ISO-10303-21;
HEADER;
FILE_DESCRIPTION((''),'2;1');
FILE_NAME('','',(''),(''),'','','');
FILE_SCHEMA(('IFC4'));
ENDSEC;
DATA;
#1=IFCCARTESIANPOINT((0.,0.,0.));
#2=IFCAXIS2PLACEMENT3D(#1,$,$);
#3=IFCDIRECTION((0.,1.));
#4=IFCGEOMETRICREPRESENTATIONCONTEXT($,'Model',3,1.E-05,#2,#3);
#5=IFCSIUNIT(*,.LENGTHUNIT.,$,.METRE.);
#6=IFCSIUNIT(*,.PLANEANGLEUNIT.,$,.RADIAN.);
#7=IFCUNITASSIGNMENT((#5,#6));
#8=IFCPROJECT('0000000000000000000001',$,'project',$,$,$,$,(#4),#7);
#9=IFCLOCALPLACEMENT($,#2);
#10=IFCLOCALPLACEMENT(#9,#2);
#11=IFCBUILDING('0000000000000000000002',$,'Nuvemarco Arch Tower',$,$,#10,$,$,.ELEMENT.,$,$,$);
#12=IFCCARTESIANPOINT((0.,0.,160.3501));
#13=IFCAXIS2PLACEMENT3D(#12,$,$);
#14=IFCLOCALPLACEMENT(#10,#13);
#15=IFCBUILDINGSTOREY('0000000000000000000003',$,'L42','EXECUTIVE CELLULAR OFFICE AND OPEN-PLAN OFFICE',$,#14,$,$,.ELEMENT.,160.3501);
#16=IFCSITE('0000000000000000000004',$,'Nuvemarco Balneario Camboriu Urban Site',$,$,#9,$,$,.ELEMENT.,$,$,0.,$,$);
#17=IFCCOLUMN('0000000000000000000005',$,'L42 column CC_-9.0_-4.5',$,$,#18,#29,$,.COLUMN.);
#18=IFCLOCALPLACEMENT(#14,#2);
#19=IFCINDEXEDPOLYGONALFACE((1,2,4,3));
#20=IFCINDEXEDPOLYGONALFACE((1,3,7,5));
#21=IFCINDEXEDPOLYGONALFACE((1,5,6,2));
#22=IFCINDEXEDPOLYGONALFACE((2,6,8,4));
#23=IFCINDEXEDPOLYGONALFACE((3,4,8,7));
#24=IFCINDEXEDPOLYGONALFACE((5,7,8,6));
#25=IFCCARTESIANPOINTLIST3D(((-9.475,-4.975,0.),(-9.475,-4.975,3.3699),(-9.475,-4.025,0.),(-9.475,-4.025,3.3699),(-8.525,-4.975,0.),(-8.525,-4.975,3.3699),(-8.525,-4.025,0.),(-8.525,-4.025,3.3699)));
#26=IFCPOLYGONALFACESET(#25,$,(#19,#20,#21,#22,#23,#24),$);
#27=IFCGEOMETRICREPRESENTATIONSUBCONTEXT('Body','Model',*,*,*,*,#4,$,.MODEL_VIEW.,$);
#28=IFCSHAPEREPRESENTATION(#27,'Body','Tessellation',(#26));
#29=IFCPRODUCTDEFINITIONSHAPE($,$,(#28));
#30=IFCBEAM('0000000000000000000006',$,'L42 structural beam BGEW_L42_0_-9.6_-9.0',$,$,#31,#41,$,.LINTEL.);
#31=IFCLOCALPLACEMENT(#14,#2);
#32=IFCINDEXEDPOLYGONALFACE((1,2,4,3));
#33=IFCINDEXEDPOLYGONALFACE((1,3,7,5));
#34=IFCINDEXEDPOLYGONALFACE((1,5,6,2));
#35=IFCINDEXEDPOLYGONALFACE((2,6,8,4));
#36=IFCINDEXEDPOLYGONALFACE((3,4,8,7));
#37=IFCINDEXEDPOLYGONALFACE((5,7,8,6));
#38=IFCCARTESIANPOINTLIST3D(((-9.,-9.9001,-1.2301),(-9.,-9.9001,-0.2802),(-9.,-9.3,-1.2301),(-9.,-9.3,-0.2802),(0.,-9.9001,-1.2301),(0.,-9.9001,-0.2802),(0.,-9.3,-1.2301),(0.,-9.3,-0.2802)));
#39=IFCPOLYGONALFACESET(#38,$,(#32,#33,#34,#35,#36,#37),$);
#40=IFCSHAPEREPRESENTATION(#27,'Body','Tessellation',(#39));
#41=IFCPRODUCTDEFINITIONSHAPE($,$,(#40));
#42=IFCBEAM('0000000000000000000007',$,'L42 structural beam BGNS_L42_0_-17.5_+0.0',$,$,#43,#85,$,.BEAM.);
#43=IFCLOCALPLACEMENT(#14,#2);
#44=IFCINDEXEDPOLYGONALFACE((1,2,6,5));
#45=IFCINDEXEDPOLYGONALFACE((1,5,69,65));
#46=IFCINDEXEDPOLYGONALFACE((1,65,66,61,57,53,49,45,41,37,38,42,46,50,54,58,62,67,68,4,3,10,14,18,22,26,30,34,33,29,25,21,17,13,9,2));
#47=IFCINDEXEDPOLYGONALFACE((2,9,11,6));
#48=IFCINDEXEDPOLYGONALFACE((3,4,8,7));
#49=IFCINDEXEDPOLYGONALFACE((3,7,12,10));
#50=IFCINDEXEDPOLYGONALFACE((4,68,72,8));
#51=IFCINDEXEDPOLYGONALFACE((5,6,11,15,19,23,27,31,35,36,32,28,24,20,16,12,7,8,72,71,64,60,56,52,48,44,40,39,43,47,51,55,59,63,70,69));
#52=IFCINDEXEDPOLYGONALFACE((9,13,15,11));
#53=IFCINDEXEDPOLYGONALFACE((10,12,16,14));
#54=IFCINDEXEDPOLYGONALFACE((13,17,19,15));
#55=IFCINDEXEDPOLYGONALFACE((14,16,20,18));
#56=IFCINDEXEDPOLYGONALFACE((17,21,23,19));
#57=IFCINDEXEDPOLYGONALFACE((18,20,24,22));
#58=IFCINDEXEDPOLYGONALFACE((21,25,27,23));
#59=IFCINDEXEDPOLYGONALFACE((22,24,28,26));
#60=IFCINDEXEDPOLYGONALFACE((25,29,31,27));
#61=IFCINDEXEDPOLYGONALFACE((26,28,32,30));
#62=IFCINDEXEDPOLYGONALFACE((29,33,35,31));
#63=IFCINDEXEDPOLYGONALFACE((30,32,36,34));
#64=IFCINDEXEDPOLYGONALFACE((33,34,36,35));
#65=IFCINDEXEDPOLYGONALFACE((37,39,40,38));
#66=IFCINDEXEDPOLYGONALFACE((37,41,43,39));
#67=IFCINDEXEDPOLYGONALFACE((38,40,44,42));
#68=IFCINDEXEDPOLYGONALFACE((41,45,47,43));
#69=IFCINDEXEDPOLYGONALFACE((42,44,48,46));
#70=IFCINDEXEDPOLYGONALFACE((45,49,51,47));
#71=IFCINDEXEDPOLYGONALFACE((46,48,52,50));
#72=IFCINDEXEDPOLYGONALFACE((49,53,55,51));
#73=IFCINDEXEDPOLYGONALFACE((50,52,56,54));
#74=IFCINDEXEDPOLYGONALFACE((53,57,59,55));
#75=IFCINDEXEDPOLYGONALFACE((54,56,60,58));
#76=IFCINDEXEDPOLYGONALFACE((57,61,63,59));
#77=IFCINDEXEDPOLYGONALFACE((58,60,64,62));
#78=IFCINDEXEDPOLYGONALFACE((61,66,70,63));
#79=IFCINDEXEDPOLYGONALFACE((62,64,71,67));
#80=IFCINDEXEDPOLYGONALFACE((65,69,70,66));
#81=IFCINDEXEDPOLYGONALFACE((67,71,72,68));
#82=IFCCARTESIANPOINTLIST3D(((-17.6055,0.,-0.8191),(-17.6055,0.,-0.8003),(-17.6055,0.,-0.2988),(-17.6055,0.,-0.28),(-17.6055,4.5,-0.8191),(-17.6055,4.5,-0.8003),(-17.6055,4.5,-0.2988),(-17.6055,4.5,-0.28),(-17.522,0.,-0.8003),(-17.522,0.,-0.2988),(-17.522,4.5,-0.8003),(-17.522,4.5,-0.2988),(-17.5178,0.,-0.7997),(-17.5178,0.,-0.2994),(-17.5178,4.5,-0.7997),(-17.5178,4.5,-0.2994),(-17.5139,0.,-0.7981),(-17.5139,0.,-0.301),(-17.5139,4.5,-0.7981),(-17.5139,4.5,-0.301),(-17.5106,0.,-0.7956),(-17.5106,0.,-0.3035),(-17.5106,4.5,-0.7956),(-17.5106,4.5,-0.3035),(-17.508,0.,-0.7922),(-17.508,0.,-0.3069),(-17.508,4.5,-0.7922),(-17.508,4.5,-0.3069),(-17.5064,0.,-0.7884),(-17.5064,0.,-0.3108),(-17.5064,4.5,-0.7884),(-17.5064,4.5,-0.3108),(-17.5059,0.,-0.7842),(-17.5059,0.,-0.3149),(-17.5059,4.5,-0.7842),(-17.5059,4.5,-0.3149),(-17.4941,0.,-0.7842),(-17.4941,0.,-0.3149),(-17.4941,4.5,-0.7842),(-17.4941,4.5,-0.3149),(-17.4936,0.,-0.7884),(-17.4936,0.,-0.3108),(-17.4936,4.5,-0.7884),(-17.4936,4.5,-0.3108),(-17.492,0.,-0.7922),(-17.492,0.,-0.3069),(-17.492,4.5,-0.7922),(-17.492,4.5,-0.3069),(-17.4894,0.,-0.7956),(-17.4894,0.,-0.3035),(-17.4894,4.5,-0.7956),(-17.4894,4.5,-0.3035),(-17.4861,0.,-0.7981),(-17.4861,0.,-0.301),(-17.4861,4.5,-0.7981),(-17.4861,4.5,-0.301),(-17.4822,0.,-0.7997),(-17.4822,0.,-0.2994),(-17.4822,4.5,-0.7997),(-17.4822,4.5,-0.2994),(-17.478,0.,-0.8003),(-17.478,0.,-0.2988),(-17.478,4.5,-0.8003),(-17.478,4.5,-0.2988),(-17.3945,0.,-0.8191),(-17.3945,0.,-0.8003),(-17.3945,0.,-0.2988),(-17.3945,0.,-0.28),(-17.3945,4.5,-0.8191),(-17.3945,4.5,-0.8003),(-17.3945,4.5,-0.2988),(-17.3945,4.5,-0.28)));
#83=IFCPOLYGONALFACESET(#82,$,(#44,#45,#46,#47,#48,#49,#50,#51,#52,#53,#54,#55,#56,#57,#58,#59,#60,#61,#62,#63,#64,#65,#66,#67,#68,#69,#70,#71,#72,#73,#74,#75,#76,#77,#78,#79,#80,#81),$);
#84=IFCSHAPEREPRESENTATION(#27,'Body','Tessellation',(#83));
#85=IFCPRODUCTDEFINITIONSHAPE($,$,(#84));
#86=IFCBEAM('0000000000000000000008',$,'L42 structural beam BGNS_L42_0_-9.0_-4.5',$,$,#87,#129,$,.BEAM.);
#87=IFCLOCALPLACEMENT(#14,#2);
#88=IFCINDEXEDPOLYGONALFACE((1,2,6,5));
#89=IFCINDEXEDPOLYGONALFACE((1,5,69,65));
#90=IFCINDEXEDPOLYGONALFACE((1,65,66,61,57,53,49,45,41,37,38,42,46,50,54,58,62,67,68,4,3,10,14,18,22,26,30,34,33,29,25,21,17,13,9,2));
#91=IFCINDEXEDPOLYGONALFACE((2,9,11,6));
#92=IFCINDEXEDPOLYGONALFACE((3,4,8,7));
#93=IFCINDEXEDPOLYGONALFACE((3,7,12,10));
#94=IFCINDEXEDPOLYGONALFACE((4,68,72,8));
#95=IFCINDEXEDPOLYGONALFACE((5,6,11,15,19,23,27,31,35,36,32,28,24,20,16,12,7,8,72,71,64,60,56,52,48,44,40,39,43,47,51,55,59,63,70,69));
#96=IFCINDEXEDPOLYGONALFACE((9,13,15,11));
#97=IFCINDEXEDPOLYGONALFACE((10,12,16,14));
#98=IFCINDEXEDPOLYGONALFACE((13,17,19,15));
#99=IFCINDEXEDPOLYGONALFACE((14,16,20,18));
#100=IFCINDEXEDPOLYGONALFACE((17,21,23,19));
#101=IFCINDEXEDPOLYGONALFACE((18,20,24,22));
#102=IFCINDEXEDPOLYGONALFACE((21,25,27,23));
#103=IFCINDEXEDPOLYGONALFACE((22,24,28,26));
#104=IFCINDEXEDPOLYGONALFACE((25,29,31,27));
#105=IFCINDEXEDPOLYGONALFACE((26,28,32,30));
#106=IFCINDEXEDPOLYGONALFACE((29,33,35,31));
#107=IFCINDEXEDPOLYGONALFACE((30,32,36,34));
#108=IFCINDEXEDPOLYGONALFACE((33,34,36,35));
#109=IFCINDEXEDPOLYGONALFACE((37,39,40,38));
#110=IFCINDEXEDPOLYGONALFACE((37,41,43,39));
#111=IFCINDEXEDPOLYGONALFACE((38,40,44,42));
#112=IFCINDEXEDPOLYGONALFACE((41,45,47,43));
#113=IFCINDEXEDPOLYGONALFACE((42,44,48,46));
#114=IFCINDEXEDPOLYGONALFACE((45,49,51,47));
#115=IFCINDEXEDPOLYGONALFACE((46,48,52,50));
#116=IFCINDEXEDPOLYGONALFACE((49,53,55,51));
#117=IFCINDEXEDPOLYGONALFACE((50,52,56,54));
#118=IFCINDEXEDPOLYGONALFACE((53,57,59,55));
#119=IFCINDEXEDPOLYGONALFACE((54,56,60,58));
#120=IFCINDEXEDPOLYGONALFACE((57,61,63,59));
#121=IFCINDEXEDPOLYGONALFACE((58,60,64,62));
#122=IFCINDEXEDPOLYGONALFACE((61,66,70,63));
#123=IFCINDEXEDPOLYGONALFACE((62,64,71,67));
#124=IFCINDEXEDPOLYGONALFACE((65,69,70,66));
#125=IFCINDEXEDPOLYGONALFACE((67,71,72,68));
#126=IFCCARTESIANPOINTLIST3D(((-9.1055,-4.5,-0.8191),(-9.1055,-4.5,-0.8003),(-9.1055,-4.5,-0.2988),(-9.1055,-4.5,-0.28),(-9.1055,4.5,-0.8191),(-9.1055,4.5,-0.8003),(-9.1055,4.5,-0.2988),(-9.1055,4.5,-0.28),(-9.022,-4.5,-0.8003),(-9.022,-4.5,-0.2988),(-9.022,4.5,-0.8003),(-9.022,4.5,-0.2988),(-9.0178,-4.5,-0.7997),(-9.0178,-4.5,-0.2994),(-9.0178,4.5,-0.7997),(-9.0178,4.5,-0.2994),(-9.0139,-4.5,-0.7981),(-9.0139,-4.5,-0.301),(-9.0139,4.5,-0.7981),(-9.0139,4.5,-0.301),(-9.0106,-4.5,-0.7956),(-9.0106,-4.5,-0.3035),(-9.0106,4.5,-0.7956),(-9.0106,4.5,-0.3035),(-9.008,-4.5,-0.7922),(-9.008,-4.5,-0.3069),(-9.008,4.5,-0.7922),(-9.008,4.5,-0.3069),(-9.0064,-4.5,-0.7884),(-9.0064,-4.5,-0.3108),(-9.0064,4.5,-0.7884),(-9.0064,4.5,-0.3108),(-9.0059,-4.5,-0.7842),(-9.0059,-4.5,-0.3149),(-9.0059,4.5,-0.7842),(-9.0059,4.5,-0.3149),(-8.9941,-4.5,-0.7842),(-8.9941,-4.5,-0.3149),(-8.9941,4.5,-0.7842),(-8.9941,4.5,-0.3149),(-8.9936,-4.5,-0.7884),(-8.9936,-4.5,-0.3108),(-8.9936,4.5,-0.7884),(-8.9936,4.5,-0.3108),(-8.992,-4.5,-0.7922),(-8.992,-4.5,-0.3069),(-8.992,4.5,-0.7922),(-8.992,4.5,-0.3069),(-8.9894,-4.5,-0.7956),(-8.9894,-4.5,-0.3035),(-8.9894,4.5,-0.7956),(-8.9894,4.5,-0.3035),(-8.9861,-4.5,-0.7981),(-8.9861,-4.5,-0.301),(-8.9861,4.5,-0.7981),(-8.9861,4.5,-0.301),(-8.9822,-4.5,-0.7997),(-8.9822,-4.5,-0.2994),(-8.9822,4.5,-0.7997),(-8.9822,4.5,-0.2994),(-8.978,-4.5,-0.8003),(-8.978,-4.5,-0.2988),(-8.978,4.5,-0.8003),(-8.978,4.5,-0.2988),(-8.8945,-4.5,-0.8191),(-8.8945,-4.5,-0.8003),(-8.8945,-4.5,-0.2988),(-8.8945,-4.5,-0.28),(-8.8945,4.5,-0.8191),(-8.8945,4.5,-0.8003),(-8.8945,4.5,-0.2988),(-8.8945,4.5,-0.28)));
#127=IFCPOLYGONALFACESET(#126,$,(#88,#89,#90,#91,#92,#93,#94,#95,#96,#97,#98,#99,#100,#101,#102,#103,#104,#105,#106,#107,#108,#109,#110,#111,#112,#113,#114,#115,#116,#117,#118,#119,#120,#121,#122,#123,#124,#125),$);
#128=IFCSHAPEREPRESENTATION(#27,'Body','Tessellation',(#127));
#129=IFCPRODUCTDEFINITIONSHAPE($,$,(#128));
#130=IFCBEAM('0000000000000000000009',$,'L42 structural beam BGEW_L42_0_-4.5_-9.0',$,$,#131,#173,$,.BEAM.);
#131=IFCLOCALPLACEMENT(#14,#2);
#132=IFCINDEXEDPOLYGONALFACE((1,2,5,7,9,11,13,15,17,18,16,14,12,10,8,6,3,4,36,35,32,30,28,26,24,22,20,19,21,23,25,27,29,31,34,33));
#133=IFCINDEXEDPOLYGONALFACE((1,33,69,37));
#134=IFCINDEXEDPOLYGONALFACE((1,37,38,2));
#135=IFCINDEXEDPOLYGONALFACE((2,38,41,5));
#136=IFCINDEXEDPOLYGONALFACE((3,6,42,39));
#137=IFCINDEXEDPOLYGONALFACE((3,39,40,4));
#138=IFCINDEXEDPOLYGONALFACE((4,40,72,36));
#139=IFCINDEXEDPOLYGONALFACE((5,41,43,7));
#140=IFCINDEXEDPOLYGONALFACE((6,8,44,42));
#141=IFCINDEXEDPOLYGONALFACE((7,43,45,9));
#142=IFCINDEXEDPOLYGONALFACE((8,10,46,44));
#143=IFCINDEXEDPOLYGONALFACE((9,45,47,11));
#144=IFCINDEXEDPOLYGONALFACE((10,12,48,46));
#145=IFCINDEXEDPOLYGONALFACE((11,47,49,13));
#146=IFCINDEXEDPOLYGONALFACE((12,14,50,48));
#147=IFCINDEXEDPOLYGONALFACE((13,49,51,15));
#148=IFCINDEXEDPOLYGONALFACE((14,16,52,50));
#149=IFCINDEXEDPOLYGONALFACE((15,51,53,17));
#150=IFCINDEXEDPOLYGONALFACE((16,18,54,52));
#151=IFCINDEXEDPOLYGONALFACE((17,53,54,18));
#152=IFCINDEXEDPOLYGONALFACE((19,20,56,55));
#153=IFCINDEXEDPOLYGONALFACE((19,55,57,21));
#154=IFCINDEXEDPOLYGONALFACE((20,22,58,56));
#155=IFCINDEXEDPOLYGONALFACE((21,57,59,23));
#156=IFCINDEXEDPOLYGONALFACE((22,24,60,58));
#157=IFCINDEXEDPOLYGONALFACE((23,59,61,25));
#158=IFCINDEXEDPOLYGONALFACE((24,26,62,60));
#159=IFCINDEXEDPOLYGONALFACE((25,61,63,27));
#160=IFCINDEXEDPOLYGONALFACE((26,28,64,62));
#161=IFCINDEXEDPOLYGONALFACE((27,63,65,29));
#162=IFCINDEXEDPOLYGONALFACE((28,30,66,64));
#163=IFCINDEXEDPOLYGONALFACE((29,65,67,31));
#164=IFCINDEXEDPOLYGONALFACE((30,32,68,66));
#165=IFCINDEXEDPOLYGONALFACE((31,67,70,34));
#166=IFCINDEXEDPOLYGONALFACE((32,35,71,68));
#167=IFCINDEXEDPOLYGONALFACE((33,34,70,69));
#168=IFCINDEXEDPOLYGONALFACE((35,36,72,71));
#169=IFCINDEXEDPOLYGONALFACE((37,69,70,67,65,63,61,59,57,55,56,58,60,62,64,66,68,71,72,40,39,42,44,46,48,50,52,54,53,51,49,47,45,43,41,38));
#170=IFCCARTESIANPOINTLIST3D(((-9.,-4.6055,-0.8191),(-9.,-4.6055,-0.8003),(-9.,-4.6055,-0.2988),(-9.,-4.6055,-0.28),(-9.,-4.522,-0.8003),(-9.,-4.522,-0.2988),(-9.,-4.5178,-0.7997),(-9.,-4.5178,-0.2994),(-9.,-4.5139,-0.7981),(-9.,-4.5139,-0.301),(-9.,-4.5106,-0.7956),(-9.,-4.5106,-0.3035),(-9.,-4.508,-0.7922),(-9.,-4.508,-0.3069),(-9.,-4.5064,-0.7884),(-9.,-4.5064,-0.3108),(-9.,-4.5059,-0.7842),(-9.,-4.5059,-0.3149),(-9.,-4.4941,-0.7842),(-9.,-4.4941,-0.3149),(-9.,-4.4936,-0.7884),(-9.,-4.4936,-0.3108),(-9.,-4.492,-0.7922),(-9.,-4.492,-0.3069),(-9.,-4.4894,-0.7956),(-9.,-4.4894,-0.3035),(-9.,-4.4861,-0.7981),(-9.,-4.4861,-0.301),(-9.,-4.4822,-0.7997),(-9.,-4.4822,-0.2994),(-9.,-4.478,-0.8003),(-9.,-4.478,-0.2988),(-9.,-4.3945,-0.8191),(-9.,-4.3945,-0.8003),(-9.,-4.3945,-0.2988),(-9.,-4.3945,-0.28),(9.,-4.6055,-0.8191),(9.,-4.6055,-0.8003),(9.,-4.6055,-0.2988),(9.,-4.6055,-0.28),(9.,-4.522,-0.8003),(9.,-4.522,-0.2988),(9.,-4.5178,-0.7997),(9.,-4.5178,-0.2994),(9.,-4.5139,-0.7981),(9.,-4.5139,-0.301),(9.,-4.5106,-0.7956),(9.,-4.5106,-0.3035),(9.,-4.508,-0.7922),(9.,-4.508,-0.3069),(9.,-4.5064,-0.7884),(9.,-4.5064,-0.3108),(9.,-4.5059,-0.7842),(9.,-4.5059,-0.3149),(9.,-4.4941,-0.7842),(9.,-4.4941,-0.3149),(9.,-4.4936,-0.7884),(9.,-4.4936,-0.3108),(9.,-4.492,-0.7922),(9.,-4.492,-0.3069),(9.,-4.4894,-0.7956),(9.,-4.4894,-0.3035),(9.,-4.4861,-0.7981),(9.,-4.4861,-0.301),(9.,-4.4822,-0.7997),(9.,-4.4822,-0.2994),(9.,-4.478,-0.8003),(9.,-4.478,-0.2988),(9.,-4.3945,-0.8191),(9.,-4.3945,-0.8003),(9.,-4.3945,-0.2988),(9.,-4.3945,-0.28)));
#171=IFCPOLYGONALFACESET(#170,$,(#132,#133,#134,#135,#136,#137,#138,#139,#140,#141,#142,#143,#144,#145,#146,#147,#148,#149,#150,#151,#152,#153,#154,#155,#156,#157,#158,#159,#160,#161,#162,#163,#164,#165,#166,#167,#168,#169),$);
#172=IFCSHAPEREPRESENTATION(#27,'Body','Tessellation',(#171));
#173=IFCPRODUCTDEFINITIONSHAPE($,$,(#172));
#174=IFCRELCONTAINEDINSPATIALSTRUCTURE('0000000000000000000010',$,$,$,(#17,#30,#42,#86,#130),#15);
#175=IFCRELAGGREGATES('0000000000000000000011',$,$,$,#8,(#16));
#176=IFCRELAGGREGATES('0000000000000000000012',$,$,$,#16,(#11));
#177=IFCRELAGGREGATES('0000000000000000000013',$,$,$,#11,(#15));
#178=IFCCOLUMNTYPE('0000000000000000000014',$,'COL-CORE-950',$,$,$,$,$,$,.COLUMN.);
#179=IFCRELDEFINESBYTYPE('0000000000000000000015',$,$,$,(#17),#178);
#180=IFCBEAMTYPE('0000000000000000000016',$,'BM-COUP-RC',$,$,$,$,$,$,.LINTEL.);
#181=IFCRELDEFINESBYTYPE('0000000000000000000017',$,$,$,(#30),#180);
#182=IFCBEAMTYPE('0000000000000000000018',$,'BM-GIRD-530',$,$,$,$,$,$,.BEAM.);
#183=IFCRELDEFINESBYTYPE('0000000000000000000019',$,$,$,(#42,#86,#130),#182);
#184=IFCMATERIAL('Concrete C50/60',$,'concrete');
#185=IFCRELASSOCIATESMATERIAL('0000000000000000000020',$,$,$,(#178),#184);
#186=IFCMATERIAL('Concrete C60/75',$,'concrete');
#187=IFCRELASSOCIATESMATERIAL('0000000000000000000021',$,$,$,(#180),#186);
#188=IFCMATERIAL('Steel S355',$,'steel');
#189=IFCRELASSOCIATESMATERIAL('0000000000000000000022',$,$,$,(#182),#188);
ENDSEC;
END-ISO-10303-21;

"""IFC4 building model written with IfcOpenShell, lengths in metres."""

from ifc_helpers import new_model, si_unit, direction, frame, origin, origin_2d, place, context, subcontext, project, spatial, rectangle, i_section, extrude, material, material_profile, profile_set, type_object, element, save


model = new_model("IFC4")

# Units and contexts
model_context = context("Model", 3, precision=1e-05, world=origin(), true_north=direction((0.0, 1.0)))
body_context = subcontext(model_context, "Body", "Model", "MODEL_VIEW")
ifc_project = project(units=[si_unit("LENGTHUNIT", "METRE"), si_unit("PLANEANGLEUNIT", "RADIAN")], contexts=[model_context])

# Site, building, storey
site_placement = place(None, origin())
site = spatial("IfcSite", under=ifc_project, at=site_placement, Name="Nuvemarco Balneario Camboriu Urban Site", CompositionType="ELEMENT", RefElevation=0.0)
building_placement = place(site_placement, origin())
building = spatial("IfcBuilding", under=site, at=building_placement, Name="Nuvemarco Arch Tower", CompositionType="ELEMENT")
storey_placement = place(building_placement, frame((0.0, 0.0, 160.3501)))
storey = spatial("IfcBuildingStorey", under=building, at=storey_placement, Name="L42", Description="EXECUTIVE CELLULAR OFFICE AND OPEN-PLAN OFFICE", CompositionType="ELEMENT", Elevation=160.3501)

# Column
ifc_material_1 = material(Name="Concrete C50/60", Category="concrete")
ifc_material_profile_1 = material_profile(ifc_material_1, rectangle(XDim=0.95, YDim=0.95, at=origin_2d()), Name="RC-COL-950x950")
ifc_profile_set_1 = profile_set([ifc_material_profile_1], Name="Concrete C50/60")
column_type = type_object("IfcColumnType", Name="COL-CORE-950", PredefinedType="COLUMN", material=ifc_profile_set_1)
column_placement = place(storey_placement, frame((-9.0, -4.5, 0.0), z_axis=(0.0, 0.0, 1.0), x_axis=(1.0, 0.0, 0.0)))
element("IfcColumn", 1, at=column_placement, inside=storey, type_object=column_type, Name="L42 column CC_-9.0_-4.5", PredefinedType="COLUMN", context=body_context, shape_type="SweptSolid", body=[
    extrude(rectangle(XDim=0.95, YDim=0.95, at=origin_2d()), origin(), (0.0, 0.0, 1.0), 3.3699),
])

# Beams
ifc_material_2 = material(Name="Concrete C60/75", Category="concrete")
ifc_material_profile_2 = material_profile(ifc_material_2, rectangle(XDim=0.6001, YDim=0.95, at=origin_2d()), Name="RC-BM-600x950")
ifc_profile_set_2 = profile_set([ifc_material_profile_2], Name="Concrete C60/75")
beam_type_1 = type_object("IfcBeamType", Name="BM-COUP-RC", PredefinedType="LINTEL", material=ifc_profile_set_2)
beam_1_placement = place(storey_placement, frame((-9.0, -9.6001, -0.7551), z_axis=(1.0, 0.0, 0.0), x_axis=(0.0, 1.0, 0.0)))
element("IfcBeam", 2, at=beam_1_placement, inside=storey, type_object=beam_type_1, Name="L42 structural beam BGEW_L42_0_-9.6_-9.0", PredefinedType="LINTEL", context=body_context, shape_type="SweptSolid", body=[
    extrude(rectangle(XDim=0.6001, YDim=0.95, at=origin_2d()), origin(), (0.0, 0.0, 1.0), 9.0),
])
ifc_material_3 = material(Name="Steel S355", Category="steel")
ifc_material_profile_3 = material_profile(ifc_material_3, i_section(OverallWidth=0.2109, OverallDepth=0.5391, WebThickness=0.0117, FlangeThickness=0.0188, FilletRadius=0.0161, at=origin_2d()), Name="W530x109")
ifc_profile_set_3 = profile_set([ifc_material_profile_3], Name="Steel S355")
beam_type_2 = type_object("IfcBeamType", Name="BM-GIRD-530", PredefinedType="BEAM", material=ifc_profile_set_3)
beam_2_placement = place(storey_placement, frame((-17.5, 0.0, -0.5496), z_axis=(0.0, 1.0, 0.0), x_axis=(-1.0, 0.0, 0.0)))
element("IfcBeam", 3, at=beam_2_placement, inside=storey, type_object=beam_type_2, Name="L42 structural beam BGNS_L42_0_-17.5_+0.0", PredefinedType="BEAM", context=body_context, shape_type="SweptSolid", body=[
    extrude(i_section(OverallWidth=0.2109, OverallDepth=0.5391, WebThickness=0.0117, FlangeThickness=0.0188, FilletRadius=0.0161, at=origin_2d()), origin(), (0.0, 0.0, 1.0), 4.5),
])
beam_3_placement = place(storey_placement, frame((-9.0, -4.5, -0.5496), z_axis=(0.0, 1.0, 0.0), x_axis=(-1.0, 0.0, 0.0)))
element("IfcBeam", 4, at=beam_3_placement, inside=storey, type_object=beam_type_2, Name="L42 structural beam BGNS_L42_0_-9.0_-4.5", PredefinedType="BEAM", context=body_context, shape_type="SweptSolid", body=[
    extrude(i_section(OverallWidth=0.2109, OverallDepth=0.5391, WebThickness=0.0117, FlangeThickness=0.0188, FilletRadius=0.0161, at=origin_2d()), origin(), (0.0, 0.0, 1.0), 9.0),
])
beam_4_placement = place(storey_placement, frame((-9.0, -4.5, -0.5496), z_axis=(1.0, 0.0, 0.0), x_axis=(0.0, 1.0, 0.0)))
element("IfcBeam", 5, at=beam_4_placement, inside=storey, type_object=beam_type_2, Name="L42 structural beam BGEW_L42_0_-4.5_-9.0", PredefinedType="BEAM", context=body_context, shape_type="SweptSolid", body=[
    extrude(i_section(OverallWidth=0.2109, OverallDepth=0.5391, WebThickness=0.0117, FlangeThickness=0.0188, FilletRadius=0.0161, at=origin_2d()), origin(), (0.0, 0.0, 1.0), 18.0),
])

save(model, "model.ifc")
